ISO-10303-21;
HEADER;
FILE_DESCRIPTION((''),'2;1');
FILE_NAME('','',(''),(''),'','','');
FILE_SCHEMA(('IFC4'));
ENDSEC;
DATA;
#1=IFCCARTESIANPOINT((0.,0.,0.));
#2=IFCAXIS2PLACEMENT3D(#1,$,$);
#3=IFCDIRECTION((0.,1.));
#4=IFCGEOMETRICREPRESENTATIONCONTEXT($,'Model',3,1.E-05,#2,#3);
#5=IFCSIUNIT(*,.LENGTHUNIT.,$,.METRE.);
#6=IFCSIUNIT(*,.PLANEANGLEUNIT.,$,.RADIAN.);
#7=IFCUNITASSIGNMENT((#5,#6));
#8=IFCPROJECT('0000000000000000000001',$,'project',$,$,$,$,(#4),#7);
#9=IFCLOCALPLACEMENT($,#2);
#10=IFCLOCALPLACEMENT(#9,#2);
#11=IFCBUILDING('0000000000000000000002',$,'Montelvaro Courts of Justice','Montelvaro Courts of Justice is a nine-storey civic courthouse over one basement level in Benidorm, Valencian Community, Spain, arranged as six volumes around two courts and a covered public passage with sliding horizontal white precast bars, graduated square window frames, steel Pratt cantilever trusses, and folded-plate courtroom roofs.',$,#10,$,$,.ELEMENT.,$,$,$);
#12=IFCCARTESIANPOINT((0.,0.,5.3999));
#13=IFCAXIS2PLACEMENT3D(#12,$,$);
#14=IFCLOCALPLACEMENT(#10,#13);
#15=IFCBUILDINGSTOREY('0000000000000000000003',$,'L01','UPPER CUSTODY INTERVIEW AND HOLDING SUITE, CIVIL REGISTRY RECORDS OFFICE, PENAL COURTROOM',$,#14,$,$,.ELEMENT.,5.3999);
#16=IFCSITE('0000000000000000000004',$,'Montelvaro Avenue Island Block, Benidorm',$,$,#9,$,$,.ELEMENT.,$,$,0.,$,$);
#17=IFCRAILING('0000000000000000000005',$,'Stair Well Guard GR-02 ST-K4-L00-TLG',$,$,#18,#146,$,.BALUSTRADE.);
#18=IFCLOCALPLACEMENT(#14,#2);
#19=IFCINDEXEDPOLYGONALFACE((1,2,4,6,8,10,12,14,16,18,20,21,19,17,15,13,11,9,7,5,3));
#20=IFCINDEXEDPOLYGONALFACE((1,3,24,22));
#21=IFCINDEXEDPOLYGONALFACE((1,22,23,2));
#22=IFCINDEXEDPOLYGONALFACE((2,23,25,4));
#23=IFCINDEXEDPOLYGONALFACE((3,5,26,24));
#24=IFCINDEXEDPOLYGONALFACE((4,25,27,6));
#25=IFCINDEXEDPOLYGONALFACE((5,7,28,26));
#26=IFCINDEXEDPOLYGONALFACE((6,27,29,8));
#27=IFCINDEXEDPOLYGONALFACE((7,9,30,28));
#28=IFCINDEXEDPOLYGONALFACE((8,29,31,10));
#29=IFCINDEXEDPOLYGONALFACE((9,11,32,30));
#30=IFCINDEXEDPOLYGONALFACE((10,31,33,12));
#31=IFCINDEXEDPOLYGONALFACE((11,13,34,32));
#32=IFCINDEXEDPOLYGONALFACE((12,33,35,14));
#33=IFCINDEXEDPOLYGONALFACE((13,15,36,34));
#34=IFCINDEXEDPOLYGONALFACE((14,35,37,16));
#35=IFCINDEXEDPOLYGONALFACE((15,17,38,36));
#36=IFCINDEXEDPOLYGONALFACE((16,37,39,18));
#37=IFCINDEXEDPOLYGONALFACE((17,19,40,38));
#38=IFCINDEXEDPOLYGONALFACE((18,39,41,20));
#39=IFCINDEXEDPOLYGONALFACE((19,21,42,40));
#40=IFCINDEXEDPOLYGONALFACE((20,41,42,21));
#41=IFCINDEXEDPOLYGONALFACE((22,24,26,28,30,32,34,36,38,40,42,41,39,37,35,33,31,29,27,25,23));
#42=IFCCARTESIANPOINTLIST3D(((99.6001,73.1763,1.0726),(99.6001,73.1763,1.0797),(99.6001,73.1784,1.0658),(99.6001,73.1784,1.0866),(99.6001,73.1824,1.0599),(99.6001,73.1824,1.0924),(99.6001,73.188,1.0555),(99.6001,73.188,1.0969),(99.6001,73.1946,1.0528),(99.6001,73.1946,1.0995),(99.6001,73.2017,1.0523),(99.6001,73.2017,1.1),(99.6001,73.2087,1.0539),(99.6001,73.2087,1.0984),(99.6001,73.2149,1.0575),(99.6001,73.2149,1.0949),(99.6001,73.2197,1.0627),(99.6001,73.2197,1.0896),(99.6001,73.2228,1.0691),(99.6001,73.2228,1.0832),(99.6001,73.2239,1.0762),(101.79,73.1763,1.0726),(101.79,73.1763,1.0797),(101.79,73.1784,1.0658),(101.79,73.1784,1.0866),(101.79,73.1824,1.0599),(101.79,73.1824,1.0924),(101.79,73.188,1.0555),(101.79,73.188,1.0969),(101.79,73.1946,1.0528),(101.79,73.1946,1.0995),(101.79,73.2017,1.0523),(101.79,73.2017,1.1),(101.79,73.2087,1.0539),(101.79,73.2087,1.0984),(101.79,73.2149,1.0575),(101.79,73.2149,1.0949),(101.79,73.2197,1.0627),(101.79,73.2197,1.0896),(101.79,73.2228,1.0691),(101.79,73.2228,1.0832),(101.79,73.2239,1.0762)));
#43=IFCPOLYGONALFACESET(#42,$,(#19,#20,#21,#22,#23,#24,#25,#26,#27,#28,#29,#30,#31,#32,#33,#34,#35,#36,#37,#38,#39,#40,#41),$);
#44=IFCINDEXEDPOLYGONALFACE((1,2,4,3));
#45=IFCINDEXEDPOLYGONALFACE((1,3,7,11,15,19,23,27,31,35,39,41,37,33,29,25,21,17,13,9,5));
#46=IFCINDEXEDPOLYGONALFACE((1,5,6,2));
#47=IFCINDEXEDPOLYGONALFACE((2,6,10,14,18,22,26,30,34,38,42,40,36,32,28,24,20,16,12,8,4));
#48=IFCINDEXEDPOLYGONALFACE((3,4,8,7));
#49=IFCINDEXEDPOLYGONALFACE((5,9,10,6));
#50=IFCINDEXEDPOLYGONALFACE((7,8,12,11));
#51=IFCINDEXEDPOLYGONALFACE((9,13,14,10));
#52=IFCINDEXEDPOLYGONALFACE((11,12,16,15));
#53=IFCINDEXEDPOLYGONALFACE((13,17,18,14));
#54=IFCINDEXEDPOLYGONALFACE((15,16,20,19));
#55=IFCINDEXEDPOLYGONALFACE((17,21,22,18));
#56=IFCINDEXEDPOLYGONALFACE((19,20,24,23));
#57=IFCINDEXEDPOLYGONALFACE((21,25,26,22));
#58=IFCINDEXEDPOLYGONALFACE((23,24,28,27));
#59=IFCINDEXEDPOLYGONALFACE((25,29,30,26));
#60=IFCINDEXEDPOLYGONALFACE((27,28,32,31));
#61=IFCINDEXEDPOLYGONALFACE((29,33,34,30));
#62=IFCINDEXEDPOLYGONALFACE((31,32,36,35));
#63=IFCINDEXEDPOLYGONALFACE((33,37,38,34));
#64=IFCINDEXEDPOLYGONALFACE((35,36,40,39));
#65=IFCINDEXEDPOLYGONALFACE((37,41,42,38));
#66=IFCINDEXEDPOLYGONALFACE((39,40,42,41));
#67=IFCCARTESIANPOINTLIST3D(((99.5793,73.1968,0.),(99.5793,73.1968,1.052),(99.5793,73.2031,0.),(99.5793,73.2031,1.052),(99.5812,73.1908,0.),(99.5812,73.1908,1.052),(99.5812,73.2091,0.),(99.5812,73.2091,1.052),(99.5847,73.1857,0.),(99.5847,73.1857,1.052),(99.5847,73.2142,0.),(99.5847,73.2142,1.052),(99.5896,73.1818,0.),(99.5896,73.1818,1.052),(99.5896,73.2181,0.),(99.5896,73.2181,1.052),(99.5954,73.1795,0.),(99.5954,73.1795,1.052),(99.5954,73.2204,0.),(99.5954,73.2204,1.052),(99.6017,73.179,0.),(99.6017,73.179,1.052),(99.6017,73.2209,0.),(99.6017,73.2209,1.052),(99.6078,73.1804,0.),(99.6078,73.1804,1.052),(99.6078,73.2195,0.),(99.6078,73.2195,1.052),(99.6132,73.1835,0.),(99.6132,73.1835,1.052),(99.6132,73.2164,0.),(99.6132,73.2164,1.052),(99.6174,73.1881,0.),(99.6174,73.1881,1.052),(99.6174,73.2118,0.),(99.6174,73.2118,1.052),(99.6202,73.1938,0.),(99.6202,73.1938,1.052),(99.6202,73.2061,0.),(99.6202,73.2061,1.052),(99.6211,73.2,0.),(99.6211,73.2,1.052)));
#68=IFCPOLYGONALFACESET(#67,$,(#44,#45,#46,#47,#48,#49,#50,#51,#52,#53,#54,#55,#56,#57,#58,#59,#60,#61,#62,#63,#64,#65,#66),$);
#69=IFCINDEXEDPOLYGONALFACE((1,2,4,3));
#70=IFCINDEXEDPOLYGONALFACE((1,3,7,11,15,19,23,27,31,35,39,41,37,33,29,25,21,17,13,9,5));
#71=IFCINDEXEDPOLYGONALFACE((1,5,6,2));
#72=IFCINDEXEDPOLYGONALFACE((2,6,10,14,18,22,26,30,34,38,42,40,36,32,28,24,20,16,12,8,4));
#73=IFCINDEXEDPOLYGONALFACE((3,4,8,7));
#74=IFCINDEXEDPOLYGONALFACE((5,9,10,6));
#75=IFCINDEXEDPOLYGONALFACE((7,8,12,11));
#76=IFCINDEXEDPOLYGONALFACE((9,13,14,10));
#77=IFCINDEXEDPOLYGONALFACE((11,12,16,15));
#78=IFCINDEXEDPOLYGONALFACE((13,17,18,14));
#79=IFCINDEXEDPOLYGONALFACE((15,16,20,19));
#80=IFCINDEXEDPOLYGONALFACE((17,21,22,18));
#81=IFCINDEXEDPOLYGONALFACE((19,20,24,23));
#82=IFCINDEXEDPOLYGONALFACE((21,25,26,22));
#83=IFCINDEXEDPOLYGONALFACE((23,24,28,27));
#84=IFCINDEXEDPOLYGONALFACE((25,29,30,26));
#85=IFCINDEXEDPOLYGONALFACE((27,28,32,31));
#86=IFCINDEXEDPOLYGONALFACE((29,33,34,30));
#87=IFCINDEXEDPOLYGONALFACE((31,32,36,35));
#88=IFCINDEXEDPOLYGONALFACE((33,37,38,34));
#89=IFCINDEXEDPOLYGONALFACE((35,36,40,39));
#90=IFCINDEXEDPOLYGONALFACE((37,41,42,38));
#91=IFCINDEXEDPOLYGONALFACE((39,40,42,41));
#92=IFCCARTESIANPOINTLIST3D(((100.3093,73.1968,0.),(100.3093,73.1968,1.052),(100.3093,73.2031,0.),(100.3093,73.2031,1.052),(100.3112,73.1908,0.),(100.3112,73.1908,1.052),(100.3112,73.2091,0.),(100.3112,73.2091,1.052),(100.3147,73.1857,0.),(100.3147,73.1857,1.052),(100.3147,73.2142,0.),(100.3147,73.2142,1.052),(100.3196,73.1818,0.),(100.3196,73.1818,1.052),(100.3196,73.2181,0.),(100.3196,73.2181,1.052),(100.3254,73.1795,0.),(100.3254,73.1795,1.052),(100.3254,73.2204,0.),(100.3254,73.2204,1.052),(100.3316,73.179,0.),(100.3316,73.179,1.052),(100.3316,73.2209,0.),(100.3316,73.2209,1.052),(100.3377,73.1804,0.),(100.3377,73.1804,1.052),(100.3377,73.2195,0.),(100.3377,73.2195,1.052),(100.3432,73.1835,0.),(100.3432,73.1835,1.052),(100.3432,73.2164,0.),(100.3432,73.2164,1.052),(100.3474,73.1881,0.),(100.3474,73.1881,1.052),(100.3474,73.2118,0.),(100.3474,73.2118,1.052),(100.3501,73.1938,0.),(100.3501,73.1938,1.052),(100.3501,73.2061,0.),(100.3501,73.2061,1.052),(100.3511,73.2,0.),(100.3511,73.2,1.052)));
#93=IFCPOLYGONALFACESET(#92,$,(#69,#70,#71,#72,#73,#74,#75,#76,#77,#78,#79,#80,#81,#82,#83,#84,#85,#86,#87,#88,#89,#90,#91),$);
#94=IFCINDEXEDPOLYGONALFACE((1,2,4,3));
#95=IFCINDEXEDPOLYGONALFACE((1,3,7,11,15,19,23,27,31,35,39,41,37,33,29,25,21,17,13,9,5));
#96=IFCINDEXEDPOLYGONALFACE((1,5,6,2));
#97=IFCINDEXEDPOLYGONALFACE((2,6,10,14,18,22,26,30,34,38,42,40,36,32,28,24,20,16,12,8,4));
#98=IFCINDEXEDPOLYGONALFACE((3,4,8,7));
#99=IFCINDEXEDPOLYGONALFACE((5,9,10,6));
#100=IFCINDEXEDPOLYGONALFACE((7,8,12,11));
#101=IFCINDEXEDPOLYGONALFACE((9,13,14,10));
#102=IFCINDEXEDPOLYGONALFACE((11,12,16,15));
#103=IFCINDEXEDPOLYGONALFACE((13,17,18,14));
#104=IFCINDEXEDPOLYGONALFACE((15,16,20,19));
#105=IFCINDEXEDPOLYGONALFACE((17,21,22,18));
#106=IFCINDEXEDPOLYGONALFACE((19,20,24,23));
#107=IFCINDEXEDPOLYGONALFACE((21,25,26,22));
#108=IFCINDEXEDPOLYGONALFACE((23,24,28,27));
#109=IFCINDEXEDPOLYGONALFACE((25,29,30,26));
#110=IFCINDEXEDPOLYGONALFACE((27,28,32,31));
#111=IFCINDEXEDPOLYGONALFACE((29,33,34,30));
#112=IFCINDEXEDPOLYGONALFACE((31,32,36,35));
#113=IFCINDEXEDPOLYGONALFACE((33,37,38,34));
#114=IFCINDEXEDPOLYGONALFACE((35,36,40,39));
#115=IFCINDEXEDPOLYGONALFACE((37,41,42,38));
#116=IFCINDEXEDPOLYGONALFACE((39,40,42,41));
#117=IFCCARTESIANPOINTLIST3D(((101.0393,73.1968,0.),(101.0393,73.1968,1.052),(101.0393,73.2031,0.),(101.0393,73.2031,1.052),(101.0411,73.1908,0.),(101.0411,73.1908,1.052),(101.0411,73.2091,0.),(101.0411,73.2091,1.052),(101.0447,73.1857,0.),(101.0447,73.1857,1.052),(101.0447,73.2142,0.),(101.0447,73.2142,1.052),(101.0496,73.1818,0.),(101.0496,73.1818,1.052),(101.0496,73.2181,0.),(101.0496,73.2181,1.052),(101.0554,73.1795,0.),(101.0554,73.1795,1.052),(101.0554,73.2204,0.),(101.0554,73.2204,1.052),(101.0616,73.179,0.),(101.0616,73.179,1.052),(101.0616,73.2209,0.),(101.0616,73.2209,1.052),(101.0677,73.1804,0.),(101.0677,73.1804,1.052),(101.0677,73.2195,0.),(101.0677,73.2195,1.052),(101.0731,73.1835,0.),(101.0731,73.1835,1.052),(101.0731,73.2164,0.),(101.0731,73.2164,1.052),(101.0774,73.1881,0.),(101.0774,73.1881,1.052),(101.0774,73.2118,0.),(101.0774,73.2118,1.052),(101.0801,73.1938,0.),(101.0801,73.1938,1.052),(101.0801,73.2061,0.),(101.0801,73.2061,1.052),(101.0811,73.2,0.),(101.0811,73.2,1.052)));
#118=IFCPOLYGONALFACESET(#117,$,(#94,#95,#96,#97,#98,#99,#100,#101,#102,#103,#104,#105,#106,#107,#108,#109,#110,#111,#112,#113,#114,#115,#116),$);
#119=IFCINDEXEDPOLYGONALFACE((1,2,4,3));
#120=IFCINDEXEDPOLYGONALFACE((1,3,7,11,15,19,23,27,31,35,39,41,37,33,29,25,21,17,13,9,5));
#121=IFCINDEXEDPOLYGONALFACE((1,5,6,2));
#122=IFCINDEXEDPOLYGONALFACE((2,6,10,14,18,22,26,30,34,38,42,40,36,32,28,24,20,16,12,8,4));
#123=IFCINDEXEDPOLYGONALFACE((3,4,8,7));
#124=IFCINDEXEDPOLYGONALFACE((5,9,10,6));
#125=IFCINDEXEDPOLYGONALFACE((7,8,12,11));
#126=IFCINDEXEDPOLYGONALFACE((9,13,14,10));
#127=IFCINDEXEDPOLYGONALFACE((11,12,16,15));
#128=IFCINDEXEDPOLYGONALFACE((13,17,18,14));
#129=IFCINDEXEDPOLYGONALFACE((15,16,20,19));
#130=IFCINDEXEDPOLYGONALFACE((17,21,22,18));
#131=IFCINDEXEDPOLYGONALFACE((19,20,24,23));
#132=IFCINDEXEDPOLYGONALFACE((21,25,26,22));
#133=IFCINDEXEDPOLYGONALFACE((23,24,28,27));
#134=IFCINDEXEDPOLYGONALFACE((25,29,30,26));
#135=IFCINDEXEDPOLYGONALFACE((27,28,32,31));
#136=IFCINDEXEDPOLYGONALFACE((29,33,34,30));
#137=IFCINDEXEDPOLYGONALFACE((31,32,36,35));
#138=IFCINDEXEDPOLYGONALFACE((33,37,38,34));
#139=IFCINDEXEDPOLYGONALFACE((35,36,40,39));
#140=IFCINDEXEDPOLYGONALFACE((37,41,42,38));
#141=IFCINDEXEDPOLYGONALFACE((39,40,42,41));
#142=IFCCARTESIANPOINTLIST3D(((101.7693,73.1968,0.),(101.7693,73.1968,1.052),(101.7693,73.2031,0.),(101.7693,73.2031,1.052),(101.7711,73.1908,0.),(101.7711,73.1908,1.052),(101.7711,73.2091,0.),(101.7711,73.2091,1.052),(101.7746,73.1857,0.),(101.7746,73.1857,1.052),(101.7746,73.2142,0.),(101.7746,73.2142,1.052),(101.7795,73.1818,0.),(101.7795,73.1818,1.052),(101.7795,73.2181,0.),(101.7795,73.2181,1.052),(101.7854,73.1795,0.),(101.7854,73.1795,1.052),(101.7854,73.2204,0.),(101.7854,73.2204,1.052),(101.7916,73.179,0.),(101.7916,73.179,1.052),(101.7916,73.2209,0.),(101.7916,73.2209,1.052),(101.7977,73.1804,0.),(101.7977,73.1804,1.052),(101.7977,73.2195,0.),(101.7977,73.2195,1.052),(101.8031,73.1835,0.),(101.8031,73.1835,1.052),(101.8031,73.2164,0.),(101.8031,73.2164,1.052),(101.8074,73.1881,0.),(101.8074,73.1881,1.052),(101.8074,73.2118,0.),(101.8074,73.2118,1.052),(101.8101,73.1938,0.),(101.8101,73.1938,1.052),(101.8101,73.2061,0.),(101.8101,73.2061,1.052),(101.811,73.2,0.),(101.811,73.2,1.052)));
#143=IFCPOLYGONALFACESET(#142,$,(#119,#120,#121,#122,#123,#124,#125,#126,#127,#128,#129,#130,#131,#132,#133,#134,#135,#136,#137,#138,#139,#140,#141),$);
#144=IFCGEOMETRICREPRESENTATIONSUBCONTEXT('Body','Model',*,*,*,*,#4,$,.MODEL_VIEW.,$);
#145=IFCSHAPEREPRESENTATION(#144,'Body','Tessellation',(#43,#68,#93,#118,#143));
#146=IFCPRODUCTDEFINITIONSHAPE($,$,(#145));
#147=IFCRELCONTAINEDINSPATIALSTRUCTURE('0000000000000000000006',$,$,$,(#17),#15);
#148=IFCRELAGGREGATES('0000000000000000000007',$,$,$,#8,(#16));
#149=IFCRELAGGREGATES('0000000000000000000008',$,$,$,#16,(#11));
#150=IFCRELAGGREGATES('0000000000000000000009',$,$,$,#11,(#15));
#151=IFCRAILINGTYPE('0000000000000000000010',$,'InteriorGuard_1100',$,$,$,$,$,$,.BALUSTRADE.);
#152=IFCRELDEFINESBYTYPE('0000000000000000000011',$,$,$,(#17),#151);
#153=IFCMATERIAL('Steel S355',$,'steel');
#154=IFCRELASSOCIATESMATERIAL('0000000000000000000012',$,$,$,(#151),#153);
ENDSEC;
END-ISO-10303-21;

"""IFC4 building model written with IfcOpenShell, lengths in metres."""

from ifc_helpers import new_model, si_unit, direction, frame, origin, origin_2d, place, context, subcontext, project, spatial, circle, extrude, material, type_object, element, save


model = new_model("IFC4")

# Units and contexts
model_context = context("Model", 3, precision=1e-05, world=origin(), true_north=direction((0.0, 1.0)))
body_context = subcontext(model_context, "Body", "Model", "MODEL_VIEW")
ifc_project = project(units=[si_unit("LENGTHUNIT", "METRE"), si_unit("PLANEANGLEUNIT", "RADIAN")], contexts=[model_context])

# Site, building, storey
site_placement = place(None, origin())
site = spatial("IfcSite", under=ifc_project, at=site_placement, Name="Montelvaro Avenue Island Block, Benidorm", CompositionType="ELEMENT", RefElevation=0.0)
building_placement = place(site_placement, origin())
building = spatial("IfcBuilding", under=site, at=building_placement, Name="Montelvaro Courts of Justice", Description="Montelvaro Courts of Justice is a nine-storey civic courthouse over one basement level in Benidorm, Valencian Community, Spain, arranged as six volumes around two courts and a covered public passage with sliding horizontal white precast bars, graduated square window frames, steel Pratt cantilever trusses, and folded-plate courtroom roofs.", CompositionType="ELEMENT")
storey_placement = place(building_placement, frame((0.0, 0.0, 5.3999)))
storey = spatial("IfcBuildingStorey", under=building, at=storey_placement, Name="L01", Description="UPPER CUSTODY INTERVIEW AND HOLDING SUITE, CIVIL REGISTRY RECORDS OFFICE, PENAL COURTROOM", CompositionType="ELEMENT", Elevation=5.3999)

# Railing
ifc_material_1 = material(Name="Steel S355", Category="steel")
railing_type_1 = type_object("IfcRailingType", Name="InteriorGuard_1100", PredefinedType="BALUSTRADE", material=ifc_material_1)
railing_1_placement = place(storey_placement, frame((99.6001, 73.2, 0.0)))
element("IfcRailing", 1, at=railing_1_placement, inside=storey, type_object=railing_type_1, Name="Stair Well Guard GR-02 ST-K4-L00-TLG", PredefinedType="BALUSTRADE", context=body_context, shape_type="SweptSolid", body=[
    extrude(circle(Radius=0.0239, at=origin_2d()), frame((0.0, 0.0, 1.0762), z_axis=(1.0, 0.0, 0.0), x_axis=(0.0, 1.0, 0.0)), (0.0, 0.0, 1.0), 2.1899),
    extrude(circle(Radius=0.021, at=origin_2d()), origin(), (0.0, 0.0, 1.0), 1.052),
    extrude(circle(Radius=0.021, at=origin_2d()), frame((0.73, 0.0, 0.0)), (0.0, 0.0, 1.0), 1.052),
    extrude(circle(Radius=0.021, at=origin_2d()), frame((1.46, 0.0, 0.0)), (0.0, 0.0, 1.0), 1.052),
    extrude(circle(Radius=0.021, at=origin_2d()), frame((2.1899, 0.0, 0.0)), (0.0, 0.0, 1.0), 1.052),
])

save(model, "model.ifc")
